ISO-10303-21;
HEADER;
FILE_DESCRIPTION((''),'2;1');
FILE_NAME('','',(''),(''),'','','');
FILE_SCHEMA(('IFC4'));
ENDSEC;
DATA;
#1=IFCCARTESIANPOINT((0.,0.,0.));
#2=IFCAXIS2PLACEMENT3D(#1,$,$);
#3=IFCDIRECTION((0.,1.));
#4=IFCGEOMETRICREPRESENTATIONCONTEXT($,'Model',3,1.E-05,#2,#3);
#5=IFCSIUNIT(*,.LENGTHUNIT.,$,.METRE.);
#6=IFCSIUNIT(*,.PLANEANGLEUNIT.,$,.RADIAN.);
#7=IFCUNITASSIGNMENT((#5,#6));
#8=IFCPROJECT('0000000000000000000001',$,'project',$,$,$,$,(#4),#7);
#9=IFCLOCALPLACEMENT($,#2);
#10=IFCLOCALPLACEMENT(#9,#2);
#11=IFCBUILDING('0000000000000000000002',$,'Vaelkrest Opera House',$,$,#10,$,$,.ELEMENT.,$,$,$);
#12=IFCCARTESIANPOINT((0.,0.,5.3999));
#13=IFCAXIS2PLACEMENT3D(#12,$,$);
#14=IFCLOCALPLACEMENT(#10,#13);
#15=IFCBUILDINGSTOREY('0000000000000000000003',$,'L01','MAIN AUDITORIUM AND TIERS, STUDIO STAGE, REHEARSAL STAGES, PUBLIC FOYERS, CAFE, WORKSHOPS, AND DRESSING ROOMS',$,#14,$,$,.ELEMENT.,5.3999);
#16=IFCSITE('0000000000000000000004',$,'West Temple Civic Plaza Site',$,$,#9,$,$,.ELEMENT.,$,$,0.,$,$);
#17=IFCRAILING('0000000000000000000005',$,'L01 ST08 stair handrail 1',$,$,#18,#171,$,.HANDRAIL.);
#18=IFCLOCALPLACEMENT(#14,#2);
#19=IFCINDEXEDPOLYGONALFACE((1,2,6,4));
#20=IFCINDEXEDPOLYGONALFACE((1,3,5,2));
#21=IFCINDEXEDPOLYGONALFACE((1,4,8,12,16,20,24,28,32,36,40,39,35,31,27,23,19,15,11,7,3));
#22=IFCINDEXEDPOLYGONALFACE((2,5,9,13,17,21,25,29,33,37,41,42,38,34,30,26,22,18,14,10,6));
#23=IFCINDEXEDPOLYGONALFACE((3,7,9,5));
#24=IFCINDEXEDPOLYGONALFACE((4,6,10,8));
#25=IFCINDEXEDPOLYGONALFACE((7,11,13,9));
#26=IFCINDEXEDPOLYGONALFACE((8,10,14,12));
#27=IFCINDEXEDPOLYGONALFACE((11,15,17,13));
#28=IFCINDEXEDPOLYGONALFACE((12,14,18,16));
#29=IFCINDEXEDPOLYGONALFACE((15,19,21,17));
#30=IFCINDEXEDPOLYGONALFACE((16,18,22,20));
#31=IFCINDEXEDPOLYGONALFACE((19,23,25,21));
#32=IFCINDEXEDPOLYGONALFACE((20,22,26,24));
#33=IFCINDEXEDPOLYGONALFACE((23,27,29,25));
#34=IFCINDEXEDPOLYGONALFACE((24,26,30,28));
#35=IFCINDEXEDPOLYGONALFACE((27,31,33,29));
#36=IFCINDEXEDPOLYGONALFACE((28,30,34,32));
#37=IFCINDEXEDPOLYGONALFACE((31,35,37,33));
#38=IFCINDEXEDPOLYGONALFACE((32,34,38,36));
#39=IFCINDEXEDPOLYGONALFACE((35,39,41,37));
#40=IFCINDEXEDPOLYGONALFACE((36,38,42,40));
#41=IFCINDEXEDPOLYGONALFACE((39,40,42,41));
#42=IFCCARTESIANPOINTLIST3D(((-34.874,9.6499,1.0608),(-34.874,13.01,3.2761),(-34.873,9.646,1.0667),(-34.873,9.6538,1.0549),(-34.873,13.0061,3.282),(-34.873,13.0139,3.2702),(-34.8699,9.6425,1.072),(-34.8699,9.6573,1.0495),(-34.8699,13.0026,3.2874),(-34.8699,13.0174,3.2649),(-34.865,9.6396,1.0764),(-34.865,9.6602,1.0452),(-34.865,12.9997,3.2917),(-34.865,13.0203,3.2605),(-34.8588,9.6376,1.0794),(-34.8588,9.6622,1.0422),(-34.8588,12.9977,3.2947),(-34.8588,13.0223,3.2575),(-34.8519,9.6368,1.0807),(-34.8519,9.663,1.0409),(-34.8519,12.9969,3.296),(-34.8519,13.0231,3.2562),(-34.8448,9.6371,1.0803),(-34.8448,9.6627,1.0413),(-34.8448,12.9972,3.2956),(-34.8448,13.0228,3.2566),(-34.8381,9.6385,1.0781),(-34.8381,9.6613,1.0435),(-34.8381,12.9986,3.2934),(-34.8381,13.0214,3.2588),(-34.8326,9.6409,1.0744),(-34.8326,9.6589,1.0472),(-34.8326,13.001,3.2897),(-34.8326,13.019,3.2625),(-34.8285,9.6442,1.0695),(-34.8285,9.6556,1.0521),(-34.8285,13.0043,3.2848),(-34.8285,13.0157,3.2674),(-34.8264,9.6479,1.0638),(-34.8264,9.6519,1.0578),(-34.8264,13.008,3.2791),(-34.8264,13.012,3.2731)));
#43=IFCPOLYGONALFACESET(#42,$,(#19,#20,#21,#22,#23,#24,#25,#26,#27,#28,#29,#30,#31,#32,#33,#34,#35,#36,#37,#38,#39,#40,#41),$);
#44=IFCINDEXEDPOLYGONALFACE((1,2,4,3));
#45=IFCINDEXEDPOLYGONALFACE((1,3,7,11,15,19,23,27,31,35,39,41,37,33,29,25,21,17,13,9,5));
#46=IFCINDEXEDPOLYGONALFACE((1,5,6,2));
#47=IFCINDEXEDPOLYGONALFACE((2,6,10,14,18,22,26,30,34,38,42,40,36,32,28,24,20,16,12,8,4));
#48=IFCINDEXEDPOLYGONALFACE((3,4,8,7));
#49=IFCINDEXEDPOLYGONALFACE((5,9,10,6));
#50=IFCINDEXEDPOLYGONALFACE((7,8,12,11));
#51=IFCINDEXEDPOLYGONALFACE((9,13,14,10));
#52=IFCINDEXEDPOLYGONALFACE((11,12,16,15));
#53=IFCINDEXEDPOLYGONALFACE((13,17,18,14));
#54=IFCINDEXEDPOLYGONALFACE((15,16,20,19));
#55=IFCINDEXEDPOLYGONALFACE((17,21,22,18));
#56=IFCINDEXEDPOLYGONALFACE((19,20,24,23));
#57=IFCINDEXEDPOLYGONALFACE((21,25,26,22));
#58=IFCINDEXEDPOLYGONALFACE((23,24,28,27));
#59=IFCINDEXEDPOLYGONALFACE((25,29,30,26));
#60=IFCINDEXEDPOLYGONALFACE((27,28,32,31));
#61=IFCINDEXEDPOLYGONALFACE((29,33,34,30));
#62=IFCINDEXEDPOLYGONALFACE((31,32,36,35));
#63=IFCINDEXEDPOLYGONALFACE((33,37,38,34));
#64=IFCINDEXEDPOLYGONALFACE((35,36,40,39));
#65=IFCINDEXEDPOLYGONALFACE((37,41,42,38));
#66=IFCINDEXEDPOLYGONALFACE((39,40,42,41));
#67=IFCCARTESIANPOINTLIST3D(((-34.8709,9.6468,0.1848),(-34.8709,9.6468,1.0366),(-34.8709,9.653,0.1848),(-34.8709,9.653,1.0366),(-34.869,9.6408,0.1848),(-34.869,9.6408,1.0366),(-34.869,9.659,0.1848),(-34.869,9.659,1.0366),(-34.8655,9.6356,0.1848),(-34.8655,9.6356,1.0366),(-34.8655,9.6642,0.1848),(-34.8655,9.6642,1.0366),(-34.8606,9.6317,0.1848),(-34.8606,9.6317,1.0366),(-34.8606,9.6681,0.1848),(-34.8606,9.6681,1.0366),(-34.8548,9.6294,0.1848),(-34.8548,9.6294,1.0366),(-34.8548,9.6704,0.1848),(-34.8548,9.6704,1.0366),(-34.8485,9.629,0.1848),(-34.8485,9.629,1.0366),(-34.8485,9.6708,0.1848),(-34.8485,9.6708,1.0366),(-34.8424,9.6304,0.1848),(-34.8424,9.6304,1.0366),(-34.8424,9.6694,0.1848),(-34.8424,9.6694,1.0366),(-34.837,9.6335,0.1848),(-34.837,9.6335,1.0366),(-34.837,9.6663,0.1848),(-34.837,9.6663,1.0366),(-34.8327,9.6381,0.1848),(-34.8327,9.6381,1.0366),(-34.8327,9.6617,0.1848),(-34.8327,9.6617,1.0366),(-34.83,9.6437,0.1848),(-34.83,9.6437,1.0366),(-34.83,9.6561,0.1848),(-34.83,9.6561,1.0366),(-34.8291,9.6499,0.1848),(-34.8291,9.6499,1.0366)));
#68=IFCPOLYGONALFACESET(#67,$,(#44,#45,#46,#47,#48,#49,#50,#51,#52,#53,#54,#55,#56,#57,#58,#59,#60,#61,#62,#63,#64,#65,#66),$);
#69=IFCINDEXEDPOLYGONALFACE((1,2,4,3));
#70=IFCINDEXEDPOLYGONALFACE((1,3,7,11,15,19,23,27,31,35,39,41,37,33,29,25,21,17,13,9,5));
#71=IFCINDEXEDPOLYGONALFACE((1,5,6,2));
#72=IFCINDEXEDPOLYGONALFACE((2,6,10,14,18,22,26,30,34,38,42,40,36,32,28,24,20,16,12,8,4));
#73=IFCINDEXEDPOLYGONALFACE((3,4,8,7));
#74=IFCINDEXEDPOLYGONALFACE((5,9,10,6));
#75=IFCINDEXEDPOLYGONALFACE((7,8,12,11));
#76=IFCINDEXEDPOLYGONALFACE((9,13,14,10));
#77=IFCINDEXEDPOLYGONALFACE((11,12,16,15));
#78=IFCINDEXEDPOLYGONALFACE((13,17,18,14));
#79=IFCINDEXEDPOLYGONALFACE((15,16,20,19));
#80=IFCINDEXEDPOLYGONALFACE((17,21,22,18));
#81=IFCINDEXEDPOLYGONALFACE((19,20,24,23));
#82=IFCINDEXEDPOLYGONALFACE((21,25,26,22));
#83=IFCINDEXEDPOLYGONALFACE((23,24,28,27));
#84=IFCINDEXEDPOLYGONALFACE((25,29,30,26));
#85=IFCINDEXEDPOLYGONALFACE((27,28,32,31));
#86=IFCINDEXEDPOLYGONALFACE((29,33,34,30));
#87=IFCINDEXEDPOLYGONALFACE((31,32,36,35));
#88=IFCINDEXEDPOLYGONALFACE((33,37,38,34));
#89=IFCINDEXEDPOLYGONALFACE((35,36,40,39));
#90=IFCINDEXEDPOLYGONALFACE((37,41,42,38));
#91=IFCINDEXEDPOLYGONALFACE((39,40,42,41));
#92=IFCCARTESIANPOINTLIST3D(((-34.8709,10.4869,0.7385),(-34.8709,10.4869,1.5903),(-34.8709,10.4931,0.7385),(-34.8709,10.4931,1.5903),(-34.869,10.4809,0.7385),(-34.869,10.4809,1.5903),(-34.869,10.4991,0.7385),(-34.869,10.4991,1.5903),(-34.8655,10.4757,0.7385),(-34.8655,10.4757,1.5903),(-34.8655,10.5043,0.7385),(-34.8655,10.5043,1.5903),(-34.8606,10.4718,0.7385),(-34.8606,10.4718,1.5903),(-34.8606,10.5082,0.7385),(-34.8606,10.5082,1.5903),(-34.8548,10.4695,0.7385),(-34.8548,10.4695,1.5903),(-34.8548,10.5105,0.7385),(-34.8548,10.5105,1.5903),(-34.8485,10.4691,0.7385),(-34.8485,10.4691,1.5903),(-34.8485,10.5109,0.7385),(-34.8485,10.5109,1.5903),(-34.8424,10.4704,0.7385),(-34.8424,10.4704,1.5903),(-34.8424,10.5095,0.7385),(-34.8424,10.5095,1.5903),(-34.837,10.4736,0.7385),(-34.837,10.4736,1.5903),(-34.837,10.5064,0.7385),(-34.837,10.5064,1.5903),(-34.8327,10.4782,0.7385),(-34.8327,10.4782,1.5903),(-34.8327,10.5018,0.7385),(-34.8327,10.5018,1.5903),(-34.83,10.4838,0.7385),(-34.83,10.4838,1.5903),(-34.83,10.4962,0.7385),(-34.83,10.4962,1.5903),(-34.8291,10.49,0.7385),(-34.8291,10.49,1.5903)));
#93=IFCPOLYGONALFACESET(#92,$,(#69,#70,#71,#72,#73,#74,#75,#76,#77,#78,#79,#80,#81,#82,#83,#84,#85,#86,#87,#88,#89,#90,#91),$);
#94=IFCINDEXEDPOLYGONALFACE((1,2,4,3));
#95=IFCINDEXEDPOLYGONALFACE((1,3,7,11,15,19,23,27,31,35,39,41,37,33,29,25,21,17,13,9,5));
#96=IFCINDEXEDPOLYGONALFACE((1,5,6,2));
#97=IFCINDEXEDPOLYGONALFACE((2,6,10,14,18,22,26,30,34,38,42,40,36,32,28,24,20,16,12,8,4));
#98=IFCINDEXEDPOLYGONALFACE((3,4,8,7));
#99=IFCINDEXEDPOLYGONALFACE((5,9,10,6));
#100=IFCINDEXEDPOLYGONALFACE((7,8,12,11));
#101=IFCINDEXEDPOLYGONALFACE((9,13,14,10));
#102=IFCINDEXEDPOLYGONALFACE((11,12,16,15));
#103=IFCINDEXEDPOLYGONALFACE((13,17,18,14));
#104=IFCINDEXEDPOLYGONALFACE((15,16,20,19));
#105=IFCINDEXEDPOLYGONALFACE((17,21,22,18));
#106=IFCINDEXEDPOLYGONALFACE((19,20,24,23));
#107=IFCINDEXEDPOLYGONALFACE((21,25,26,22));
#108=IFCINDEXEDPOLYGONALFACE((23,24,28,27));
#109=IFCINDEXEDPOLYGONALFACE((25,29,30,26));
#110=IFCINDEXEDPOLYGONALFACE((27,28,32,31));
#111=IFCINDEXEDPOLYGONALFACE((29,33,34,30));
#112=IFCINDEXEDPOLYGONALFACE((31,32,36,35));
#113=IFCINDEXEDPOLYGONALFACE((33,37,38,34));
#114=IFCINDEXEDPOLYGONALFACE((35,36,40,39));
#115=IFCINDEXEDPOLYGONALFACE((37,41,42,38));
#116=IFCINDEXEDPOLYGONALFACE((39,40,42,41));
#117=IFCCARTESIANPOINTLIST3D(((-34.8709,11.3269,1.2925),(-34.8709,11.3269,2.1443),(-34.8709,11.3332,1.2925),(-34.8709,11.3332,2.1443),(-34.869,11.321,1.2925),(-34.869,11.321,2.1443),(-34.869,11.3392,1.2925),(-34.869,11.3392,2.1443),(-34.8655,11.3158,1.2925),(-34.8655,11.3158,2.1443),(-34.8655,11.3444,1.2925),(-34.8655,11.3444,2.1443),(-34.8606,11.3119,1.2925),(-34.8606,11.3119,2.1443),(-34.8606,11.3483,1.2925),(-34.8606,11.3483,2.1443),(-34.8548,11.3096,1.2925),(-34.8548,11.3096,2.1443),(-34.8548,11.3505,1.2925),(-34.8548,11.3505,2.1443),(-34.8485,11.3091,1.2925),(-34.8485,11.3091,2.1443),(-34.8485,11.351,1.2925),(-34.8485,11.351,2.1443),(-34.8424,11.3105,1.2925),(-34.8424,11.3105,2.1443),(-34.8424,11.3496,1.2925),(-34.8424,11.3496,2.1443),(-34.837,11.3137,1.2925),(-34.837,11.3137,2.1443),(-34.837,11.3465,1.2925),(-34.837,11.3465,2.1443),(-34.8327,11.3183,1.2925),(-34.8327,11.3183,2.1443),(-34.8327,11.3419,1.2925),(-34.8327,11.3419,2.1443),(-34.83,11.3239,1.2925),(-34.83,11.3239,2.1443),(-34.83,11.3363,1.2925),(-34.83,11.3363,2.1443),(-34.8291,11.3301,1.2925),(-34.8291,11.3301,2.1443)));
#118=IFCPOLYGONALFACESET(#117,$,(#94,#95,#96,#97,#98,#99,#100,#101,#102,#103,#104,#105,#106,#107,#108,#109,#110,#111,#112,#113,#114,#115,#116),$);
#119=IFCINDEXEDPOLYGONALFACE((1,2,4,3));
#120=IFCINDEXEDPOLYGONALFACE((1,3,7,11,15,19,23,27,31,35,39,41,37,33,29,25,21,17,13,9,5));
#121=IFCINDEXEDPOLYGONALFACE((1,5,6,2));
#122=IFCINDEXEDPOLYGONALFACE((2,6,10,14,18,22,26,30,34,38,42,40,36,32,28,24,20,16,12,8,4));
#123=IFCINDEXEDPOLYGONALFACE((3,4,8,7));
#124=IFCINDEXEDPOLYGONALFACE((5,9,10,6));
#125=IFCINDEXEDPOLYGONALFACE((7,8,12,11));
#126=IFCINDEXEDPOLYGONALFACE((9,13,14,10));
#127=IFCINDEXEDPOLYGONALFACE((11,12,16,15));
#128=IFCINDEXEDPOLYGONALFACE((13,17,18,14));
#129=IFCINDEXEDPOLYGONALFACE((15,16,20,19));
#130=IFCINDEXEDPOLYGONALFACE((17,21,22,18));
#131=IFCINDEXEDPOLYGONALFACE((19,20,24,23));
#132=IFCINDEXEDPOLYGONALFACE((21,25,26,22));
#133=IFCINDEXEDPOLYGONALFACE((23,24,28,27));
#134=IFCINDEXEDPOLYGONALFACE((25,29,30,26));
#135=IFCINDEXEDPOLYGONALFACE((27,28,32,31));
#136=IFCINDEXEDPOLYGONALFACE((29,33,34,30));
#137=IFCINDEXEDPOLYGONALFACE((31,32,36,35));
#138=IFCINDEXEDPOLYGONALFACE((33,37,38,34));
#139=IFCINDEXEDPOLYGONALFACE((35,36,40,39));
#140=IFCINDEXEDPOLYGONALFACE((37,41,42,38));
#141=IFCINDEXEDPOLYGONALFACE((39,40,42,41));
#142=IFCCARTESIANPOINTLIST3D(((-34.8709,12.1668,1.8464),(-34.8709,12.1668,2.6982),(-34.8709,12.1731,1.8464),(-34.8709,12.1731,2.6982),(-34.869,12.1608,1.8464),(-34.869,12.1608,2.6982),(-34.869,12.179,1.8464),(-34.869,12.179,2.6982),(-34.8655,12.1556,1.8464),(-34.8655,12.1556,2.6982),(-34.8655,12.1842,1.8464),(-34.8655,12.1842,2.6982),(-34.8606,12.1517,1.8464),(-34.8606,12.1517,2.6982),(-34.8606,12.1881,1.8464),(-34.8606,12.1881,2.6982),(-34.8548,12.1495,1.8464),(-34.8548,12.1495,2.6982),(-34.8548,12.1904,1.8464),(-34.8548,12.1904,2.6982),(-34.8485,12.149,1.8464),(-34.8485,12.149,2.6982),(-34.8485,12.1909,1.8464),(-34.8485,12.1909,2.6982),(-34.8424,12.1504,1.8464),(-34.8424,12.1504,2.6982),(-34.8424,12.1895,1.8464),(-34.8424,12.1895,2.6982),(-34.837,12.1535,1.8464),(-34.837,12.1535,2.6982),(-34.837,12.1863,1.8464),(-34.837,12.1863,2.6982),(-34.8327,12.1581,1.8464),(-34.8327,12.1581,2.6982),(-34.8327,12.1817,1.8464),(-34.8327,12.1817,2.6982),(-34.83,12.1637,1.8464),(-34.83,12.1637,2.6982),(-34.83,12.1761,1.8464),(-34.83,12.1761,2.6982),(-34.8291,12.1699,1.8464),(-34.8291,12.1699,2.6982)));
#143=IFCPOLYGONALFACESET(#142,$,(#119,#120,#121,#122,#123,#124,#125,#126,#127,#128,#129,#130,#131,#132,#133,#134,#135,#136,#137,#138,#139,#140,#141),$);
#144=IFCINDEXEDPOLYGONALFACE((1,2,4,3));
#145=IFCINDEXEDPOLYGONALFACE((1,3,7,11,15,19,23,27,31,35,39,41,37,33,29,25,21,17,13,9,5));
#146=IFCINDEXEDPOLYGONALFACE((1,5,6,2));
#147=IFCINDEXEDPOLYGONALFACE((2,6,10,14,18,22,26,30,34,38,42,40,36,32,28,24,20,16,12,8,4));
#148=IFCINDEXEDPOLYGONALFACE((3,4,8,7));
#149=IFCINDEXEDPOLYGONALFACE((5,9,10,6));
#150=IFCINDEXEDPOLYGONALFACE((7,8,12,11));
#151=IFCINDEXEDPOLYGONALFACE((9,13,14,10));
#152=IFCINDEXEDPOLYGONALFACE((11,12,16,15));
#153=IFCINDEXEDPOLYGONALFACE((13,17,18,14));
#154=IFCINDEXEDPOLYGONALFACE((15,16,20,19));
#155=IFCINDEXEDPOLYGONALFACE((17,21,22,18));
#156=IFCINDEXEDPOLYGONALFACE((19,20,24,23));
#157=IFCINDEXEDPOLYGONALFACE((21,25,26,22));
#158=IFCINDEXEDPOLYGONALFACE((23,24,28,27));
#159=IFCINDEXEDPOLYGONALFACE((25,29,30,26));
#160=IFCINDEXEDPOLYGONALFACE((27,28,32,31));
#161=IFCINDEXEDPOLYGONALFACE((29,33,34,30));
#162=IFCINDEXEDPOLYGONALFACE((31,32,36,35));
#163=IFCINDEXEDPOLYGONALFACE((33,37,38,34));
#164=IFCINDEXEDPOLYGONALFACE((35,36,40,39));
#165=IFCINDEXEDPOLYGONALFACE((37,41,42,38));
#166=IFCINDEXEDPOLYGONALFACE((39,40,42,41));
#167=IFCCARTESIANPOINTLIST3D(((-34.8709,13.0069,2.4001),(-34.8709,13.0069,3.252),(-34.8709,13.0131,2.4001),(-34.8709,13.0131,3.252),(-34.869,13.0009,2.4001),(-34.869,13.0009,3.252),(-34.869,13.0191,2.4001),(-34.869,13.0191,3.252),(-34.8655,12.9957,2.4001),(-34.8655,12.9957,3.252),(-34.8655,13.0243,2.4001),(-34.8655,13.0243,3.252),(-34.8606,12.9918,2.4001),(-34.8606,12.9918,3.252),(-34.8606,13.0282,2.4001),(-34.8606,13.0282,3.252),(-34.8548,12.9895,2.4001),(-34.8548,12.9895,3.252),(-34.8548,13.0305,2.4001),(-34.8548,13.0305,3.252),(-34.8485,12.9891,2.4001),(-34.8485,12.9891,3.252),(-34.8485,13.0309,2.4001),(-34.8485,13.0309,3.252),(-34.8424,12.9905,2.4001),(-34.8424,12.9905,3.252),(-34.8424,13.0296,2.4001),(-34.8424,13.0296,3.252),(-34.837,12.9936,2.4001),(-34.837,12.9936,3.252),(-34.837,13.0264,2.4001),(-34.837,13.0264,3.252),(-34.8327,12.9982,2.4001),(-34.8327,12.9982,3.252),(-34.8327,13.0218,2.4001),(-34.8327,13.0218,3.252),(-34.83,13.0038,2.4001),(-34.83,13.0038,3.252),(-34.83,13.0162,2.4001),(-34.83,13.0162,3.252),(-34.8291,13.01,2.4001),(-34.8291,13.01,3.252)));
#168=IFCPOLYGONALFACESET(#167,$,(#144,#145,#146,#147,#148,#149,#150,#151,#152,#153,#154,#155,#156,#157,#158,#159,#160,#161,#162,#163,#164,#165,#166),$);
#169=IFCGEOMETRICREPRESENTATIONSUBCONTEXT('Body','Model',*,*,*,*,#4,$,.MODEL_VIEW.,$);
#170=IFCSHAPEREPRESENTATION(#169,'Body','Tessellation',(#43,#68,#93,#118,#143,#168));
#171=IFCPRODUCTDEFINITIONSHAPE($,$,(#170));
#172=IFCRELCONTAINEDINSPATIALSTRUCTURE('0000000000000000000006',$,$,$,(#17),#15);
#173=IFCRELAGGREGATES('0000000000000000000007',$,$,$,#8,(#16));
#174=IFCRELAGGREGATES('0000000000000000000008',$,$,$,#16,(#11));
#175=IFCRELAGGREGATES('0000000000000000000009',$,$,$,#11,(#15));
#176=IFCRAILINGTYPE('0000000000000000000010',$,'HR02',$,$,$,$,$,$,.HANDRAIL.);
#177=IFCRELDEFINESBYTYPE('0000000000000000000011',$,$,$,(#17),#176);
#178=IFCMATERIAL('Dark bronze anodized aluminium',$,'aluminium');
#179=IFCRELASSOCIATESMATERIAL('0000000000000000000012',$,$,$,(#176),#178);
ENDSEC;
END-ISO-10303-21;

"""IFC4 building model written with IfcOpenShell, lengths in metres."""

from ifc_helpers import new_model, si_unit, direction, frame, origin, origin_2d, place, context, subcontext, project, spatial, circle, extrude, material, type_object, element, save


model = new_model("IFC4")

# Units and contexts
model_context = context("Model", 3, precision=1e-05, world=origin(), true_north=direction((0.0, 1.0)))
body_context = subcontext(model_context, "Body", "Model", "MODEL_VIEW")
ifc_project = project(units=[si_unit("LENGTHUNIT", "METRE"), si_unit("PLANEANGLEUNIT", "RADIAN")], contexts=[model_context])

# Site, building, storey
site_placement = place(None, origin())
site = spatial("IfcSite", under=ifc_project, at=site_placement, Name="West Temple Civic Plaza Site", CompositionType="ELEMENT", RefElevation=0.0)
building_placement = place(site_placement, origin())
building = spatial("IfcBuilding", under=site, at=building_placement, Name="Vaelkrest Opera House", CompositionType="ELEMENT")
storey_placement = place(building_placement, frame((0.0, 0.0, 5.3999)))
storey = spatial("IfcBuildingStorey", under=building, at=storey_placement, Name="L01", Description="MAIN AUDITORIUM AND TIERS, STUDIO STAGE, REHEARSAL STAGES, PUBLIC FOYERS, CAFE, WORKSHOPS, AND DRESSING ROOMS", CompositionType="ELEMENT", Elevation=5.3999)

# Shared definitions
ifc_material_1 = material(Name="Dark bronze anodized aluminium", Category="aluminium")

# Railing
railing_type_1 = type_object("IfcRailingType", Name="HR02", PredefinedType="HANDRAIL", material=ifc_material_1)
railing_1_placement = place(storey_placement, frame((-34.8501, 9.6499, 0.1848)))
element("IfcRailing", 1, at=railing_1_placement, inside=storey, type_object=railing_type_1, Name="L01 ST08 stair handrail 1", PredefinedType="HANDRAIL", context=body_context, shape_type="SweptSolid", body=[
    extrude(circle(Radius=0.0239, at=origin_2d()), frame((0.0, 0.0, 0.876), z_axis=(0.0, 0.834876, 0.550437), x_axis=(-1.0, 0.0, 0.0)), (0.0, 0.0, 1.0), 4.0247),
    extrude(circle(Radius=0.021, at=origin_2d()), origin(), (0.0, 0.0, 1.0), 0.8518),
    extrude(circle(Radius=0.021, at=origin_2d()), frame((0.0, 0.8401, 0.5537)), (0.0, 0.0, 1.0), 0.8518),
    extrude(circle(Radius=0.021, at=origin_2d()), frame((0.0, 1.6802, 1.1077)), (0.0, 0.0, 1.0), 0.8518),
    extrude(circle(Radius=0.021, at=origin_2d()), frame((0.0, 2.52, 1.6616)), (0.0, 0.0, 1.0), 0.8518),
    extrude(circle(Radius=0.021, at=origin_2d()), frame((0.0, 3.3601, 2.2153)), (0.0, 0.0, 1.0), 0.8518),
])

save(model, "model.ifc")
